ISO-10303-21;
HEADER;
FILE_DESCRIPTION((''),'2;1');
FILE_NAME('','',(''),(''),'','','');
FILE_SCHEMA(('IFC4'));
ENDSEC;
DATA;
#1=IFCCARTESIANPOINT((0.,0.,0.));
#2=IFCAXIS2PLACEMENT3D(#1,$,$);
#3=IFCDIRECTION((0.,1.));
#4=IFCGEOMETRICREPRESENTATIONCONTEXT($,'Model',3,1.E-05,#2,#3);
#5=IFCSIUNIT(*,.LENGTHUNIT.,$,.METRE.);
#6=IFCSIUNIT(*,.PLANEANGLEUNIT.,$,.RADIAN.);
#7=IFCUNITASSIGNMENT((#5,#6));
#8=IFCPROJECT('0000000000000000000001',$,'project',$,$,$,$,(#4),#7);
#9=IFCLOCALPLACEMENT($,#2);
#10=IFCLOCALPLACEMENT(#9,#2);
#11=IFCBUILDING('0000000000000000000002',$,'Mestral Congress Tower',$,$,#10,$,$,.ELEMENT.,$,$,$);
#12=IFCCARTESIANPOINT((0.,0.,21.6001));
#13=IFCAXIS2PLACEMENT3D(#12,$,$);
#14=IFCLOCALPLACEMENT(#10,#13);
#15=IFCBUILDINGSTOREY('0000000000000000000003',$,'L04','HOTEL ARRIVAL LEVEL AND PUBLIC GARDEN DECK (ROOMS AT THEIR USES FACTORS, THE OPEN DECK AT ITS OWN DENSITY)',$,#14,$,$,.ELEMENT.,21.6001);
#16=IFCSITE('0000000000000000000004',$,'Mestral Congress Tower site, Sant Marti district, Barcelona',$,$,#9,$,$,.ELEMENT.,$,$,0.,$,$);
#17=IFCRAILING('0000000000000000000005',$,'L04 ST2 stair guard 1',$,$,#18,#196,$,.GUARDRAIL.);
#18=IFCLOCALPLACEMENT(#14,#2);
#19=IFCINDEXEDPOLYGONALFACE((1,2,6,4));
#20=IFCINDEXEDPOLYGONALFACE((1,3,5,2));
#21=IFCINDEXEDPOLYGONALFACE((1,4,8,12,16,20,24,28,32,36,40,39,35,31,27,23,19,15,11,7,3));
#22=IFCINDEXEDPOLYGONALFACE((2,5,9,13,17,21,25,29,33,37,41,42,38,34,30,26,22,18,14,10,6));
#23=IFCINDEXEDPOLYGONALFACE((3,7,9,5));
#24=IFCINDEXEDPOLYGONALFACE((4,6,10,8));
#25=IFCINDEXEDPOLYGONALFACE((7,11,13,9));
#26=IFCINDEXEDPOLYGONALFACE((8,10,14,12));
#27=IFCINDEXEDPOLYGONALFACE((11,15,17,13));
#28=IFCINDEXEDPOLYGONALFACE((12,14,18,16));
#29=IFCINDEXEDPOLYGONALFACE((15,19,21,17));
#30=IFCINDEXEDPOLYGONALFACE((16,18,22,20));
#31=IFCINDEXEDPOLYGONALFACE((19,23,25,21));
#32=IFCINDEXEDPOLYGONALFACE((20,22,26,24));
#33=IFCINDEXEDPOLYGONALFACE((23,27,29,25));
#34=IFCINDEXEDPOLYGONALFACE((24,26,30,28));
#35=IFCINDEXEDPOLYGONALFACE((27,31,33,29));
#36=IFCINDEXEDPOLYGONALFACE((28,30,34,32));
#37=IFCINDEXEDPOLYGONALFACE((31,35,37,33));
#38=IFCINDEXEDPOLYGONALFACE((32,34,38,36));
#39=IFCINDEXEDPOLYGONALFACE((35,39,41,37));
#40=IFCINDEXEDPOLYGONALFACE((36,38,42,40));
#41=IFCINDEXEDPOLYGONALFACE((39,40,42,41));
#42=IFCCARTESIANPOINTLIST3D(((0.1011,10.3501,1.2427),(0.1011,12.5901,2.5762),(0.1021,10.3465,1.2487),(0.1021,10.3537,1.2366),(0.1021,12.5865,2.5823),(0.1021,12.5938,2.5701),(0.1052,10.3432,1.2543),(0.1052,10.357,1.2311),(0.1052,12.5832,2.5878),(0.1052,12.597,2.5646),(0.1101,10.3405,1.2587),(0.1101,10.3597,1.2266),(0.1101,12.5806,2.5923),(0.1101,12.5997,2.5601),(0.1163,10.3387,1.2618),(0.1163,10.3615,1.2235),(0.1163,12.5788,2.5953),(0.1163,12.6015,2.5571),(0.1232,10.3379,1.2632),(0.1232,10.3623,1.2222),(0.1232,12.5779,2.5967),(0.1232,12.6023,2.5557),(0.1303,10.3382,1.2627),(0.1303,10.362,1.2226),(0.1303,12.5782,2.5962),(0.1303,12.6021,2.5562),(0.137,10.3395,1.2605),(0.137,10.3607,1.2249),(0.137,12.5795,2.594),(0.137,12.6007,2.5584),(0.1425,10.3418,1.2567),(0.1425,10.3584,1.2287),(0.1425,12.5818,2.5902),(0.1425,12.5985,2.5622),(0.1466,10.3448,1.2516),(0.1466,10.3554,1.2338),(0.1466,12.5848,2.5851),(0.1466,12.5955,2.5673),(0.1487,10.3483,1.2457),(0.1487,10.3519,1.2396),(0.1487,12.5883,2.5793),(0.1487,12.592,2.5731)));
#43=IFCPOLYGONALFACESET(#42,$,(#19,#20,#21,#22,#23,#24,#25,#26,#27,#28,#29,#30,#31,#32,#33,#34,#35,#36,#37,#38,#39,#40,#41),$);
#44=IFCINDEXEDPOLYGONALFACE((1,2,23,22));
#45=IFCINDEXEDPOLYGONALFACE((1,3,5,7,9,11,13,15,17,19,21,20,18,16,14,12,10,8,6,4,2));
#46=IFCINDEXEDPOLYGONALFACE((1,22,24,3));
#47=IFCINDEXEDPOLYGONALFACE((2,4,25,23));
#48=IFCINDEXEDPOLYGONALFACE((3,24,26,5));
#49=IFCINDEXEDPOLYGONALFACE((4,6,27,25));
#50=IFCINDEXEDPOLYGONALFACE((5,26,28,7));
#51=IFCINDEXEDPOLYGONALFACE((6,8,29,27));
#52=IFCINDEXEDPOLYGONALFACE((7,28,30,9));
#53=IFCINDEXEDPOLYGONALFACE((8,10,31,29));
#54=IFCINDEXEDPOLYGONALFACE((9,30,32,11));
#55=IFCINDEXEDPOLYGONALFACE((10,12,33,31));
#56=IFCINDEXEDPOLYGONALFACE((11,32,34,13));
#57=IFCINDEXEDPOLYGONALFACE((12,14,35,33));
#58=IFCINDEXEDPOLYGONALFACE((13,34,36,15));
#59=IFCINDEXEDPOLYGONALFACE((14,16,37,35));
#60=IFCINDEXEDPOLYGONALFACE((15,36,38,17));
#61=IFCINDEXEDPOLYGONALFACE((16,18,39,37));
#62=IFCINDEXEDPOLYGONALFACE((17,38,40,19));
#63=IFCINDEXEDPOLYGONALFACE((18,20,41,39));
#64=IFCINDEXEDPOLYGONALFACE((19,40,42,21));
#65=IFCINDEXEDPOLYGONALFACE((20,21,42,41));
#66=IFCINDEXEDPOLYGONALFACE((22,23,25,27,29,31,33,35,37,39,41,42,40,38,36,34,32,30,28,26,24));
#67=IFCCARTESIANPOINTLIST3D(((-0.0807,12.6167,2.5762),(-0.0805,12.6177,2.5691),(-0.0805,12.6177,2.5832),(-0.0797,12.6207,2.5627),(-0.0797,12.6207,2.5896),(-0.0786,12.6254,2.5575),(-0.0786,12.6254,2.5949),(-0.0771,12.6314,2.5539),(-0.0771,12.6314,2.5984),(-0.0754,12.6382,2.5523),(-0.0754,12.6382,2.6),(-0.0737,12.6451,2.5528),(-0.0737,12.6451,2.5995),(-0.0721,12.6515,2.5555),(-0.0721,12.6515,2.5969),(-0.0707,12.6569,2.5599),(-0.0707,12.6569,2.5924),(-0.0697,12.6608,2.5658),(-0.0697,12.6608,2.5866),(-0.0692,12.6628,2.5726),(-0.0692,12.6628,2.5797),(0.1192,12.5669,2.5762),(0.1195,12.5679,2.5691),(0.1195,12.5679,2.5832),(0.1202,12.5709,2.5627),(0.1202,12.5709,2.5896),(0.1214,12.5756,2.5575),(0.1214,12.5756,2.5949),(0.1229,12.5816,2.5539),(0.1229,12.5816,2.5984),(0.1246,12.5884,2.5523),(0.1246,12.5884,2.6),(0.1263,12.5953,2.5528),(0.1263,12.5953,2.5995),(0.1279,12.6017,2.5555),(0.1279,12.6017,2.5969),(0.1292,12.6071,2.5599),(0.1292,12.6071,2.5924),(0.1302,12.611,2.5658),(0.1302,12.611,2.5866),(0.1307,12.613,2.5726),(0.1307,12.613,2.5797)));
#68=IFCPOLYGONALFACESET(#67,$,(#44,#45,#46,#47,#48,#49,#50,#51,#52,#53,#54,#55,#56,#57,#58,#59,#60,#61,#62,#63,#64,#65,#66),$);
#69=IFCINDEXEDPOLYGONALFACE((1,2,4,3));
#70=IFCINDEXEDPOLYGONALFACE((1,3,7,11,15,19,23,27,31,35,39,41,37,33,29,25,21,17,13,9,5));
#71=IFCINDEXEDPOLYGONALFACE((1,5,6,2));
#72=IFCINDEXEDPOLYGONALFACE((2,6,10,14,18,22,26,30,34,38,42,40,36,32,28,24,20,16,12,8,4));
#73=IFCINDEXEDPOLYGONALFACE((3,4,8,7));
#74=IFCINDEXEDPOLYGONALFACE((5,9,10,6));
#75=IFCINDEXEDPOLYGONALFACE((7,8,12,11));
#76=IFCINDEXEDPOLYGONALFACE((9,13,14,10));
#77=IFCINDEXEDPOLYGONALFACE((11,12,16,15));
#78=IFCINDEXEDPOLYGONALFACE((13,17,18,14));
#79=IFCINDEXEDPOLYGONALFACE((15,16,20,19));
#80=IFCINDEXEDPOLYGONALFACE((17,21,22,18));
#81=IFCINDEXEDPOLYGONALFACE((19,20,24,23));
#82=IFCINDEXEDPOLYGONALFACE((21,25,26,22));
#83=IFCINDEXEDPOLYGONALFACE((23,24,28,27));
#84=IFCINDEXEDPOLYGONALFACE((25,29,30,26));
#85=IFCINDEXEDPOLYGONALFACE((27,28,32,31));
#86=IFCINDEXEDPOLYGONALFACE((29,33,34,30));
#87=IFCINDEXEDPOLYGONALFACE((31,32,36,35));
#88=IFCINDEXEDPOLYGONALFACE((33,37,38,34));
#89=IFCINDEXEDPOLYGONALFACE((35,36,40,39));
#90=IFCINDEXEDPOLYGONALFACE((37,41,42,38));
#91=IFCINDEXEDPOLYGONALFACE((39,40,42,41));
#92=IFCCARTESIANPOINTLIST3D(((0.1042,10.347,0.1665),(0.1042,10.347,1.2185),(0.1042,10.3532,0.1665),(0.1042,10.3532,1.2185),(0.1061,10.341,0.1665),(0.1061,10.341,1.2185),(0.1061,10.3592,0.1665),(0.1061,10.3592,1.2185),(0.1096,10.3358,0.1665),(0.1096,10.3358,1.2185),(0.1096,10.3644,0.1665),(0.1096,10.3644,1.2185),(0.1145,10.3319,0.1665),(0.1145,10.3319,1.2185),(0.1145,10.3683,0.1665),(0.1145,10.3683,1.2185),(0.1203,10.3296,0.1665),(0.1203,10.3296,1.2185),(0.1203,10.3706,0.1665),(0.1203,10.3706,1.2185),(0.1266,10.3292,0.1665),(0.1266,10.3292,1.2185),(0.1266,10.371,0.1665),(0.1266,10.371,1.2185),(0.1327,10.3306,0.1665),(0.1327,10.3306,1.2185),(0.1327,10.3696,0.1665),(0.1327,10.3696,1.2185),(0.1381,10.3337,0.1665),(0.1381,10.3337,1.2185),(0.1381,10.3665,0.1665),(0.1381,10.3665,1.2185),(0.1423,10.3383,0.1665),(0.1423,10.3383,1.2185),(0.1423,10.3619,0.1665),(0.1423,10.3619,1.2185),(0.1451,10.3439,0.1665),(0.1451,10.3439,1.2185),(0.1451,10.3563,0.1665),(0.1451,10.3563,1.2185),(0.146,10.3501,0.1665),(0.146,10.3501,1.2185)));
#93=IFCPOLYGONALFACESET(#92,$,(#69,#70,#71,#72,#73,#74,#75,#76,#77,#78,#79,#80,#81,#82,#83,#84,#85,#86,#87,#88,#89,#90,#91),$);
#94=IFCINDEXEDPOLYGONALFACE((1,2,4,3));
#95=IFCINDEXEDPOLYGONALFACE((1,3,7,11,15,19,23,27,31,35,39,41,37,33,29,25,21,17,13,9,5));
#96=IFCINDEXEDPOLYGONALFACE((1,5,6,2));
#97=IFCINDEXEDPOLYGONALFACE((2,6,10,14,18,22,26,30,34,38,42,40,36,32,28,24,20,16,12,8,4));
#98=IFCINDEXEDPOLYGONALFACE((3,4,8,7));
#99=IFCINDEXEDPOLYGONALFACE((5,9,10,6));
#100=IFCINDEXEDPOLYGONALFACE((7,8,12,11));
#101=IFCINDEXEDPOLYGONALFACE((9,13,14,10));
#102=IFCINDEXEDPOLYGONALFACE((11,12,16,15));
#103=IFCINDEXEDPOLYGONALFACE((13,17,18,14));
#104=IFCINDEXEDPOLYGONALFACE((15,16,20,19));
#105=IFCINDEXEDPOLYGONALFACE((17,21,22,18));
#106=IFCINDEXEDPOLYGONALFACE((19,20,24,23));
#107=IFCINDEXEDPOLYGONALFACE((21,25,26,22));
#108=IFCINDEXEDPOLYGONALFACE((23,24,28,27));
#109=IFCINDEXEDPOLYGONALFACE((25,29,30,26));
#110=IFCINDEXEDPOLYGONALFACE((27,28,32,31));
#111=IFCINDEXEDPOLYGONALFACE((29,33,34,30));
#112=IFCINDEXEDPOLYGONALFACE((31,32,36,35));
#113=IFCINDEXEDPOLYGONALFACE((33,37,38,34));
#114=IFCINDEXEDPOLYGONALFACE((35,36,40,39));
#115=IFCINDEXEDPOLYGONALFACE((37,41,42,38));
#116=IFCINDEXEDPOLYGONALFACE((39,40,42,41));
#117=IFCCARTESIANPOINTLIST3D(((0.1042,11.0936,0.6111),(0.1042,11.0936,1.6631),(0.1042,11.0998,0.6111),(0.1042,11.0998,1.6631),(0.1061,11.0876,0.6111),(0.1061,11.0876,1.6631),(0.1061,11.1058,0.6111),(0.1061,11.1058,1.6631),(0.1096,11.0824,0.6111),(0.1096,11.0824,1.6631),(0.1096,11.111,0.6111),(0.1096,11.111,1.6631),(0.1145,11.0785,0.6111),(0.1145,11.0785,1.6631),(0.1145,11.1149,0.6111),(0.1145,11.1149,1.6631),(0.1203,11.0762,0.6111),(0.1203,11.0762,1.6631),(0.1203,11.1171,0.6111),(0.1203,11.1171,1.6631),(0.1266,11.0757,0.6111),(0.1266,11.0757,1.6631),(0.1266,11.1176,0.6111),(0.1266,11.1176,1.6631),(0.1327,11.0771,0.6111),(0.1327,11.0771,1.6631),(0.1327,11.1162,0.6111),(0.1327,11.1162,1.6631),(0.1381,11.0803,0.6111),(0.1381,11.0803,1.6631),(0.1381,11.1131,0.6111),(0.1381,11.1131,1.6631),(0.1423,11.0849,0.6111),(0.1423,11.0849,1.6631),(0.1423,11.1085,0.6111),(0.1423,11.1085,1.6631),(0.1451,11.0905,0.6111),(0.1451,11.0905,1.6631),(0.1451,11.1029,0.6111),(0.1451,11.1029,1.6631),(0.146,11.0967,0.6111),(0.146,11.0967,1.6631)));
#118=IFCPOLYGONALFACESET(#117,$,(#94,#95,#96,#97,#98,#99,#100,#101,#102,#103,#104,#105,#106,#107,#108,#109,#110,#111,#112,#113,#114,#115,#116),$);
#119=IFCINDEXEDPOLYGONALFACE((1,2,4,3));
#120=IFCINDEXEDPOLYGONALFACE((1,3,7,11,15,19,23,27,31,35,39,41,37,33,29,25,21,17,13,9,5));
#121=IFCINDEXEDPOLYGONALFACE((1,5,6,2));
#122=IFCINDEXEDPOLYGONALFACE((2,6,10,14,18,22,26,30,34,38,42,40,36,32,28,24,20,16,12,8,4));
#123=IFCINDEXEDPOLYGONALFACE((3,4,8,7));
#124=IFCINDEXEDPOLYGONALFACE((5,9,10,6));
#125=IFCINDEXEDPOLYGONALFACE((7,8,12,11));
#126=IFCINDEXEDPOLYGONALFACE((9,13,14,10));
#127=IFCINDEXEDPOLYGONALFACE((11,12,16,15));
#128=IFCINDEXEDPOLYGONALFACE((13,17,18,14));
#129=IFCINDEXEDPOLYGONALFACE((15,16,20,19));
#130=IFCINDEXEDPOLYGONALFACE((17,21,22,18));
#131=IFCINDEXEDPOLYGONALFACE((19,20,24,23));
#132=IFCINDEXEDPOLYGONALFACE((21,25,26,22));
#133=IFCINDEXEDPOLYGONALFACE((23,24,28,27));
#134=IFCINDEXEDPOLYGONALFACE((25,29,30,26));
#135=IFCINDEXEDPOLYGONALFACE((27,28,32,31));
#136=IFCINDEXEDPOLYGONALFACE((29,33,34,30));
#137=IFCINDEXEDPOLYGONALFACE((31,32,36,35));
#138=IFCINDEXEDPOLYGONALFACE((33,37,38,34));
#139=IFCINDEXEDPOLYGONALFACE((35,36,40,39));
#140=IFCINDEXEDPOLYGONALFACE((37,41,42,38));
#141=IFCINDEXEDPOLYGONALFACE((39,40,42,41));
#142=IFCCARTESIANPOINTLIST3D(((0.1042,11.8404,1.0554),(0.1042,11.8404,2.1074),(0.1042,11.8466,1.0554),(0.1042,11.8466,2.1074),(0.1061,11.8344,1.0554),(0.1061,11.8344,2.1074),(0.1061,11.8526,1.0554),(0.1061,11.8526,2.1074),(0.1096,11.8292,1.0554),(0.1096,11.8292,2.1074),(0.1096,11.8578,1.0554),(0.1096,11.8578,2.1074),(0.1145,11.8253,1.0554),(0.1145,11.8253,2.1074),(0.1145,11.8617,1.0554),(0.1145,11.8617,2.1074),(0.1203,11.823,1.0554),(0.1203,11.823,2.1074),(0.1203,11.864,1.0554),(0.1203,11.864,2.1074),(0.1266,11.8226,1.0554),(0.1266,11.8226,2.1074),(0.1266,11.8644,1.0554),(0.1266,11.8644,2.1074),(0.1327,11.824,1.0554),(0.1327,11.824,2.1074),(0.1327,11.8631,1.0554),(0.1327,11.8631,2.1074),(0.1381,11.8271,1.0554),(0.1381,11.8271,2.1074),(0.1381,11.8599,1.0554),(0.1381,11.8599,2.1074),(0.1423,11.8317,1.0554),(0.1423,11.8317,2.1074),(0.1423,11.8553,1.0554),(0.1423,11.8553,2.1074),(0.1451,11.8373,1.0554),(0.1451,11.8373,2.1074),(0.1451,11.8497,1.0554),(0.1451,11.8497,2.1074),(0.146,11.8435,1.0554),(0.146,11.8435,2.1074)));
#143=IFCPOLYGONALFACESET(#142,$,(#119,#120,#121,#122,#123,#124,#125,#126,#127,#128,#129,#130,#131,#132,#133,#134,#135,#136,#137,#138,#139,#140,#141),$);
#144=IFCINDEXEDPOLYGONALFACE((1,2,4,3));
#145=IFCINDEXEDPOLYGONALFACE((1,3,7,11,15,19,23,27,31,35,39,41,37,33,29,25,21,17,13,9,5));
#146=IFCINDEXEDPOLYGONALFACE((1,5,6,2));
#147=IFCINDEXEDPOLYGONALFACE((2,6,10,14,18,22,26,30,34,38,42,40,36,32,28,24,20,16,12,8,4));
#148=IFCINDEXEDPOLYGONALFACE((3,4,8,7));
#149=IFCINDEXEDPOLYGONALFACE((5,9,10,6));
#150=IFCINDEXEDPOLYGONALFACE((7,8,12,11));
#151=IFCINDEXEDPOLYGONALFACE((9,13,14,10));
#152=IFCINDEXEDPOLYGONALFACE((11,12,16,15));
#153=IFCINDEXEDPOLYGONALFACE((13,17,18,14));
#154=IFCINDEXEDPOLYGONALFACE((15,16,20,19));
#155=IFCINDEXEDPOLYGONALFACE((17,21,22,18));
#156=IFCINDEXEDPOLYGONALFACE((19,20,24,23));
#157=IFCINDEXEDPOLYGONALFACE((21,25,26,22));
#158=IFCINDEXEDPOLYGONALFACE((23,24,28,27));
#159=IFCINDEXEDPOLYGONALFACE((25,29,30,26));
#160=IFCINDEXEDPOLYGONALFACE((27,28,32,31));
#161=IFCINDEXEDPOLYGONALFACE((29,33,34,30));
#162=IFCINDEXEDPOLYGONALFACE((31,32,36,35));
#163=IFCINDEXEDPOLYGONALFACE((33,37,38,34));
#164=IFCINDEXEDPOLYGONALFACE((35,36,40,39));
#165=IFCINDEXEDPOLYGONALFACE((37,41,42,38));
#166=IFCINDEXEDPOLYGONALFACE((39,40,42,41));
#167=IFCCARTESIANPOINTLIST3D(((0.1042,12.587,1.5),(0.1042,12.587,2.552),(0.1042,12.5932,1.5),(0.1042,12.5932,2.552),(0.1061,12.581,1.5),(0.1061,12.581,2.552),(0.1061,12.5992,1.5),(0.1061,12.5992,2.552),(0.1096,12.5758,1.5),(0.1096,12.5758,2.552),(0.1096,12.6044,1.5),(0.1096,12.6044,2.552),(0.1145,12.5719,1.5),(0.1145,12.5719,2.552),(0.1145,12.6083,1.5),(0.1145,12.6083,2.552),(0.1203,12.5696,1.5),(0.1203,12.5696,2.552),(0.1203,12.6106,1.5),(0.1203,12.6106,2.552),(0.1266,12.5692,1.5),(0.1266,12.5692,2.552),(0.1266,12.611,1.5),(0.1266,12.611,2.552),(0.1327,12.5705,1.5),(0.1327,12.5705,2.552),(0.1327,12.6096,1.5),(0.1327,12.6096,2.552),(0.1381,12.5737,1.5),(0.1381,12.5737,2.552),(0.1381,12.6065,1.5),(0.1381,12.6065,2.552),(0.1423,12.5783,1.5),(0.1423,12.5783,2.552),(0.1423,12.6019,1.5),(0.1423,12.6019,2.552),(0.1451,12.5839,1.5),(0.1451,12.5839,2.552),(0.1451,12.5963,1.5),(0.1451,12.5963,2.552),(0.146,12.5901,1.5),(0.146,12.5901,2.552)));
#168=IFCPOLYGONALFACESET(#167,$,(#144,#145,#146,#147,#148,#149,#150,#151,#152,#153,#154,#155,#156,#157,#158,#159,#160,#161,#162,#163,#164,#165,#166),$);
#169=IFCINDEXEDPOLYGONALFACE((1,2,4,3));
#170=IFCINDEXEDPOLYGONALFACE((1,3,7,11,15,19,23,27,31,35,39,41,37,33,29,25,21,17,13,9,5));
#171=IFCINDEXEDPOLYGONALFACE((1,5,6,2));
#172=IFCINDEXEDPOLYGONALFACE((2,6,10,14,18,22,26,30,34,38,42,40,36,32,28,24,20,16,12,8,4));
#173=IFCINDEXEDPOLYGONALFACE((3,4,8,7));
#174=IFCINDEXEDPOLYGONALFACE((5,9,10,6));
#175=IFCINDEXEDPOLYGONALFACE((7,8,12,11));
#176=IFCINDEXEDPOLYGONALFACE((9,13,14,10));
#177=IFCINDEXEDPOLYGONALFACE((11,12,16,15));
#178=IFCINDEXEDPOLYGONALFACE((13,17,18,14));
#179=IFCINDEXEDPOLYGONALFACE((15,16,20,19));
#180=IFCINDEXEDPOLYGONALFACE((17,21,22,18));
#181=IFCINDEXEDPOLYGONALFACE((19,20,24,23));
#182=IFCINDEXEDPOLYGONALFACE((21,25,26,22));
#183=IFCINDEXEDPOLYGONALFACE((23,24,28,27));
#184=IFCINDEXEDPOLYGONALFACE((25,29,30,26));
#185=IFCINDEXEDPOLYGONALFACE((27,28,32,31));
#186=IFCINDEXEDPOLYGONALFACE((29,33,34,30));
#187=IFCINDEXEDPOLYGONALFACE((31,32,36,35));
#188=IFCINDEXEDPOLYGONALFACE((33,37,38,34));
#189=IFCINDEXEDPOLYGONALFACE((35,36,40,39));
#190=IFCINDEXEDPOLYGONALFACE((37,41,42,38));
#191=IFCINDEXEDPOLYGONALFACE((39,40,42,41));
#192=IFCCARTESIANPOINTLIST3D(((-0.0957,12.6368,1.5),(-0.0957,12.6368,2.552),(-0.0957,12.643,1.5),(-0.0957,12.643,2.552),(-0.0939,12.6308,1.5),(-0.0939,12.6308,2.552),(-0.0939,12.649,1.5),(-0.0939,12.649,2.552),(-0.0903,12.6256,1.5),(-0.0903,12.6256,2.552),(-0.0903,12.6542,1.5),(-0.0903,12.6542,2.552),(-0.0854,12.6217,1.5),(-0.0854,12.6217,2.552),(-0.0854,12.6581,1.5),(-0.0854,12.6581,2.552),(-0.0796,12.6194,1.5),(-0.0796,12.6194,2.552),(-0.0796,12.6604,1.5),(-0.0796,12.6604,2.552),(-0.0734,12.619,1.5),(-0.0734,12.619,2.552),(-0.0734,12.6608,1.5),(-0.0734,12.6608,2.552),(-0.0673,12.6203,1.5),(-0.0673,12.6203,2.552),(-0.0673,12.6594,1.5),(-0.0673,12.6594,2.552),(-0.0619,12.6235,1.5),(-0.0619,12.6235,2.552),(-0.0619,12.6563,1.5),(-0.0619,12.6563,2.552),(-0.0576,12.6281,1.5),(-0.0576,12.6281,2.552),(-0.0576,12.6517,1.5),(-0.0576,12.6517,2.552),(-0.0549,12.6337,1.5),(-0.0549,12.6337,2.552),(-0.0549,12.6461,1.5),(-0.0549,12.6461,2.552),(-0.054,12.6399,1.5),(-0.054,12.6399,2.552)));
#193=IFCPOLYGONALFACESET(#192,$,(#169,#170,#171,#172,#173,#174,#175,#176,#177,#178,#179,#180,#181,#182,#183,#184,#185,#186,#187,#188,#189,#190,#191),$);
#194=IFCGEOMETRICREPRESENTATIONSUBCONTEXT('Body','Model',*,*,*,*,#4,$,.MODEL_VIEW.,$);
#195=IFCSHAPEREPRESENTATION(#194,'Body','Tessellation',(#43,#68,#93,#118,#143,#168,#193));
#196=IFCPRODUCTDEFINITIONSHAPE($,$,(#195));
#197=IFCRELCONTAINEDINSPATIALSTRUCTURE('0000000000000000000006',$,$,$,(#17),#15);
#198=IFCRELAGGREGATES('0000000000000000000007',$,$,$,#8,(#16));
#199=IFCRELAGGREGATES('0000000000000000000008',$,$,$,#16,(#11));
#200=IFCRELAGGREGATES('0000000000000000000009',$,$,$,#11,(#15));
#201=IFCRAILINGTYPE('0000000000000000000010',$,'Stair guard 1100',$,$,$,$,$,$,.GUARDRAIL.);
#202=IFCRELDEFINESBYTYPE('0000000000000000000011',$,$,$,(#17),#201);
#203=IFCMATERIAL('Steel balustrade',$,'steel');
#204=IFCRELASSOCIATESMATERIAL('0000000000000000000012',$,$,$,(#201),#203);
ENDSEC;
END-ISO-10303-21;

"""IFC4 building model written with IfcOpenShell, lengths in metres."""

from ifc_helpers import new_model, si_unit, direction, frame, origin, origin_2d, place, context, subcontext, project, spatial, circle, extrude, material, type_object, element, save


model = new_model("IFC4")

# Units and contexts
model_context = context("Model", 3, precision=1e-05, world=origin(), true_north=direction((0.0, 1.0)))
body_context = subcontext(model_context, "Body", "Model", "MODEL_VIEW")
ifc_project = project(units=[si_unit("LENGTHUNIT", "METRE"), si_unit("PLANEANGLEUNIT", "RADIAN")], contexts=[model_context])

# Site, building, storey
site_placement = place(None, origin())
site = spatial("IfcSite", under=ifc_project, at=site_placement, Name="Mestral Congress Tower site, Sant Marti district, Barcelona", CompositionType="ELEMENT", RefElevation=0.0)
building_placement = place(site_placement, origin())
building = spatial("IfcBuilding", under=site, at=building_placement, Name="Mestral Congress Tower", CompositionType="ELEMENT")
storey_placement = place(building_placement, frame((0.0, 0.0, 21.6001)))
storey = spatial("IfcBuildingStorey", under=building, at=storey_placement, Name="L04", Description="HOTEL ARRIVAL LEVEL AND PUBLIC GARDEN DECK (ROOMS AT THEIR USES FACTORS, THE OPEN DECK AT ITS OWN DENSITY)", CompositionType="ELEMENT", Elevation=21.6001)

# Railing
ifc_material_1 = material(Name="Steel balustrade", Category="steel")
railing_type_1 = type_object("IfcRailingType", Name="Stair guard 1100", PredefinedType="GUARDRAIL", material=ifc_material_1)
for number, where, name in (
    (1, (0.125, 10.3501, 0.1665), "L04 ST2 stair guard 1"),
):
    element("IfcRailing", number, at=place(storey_placement, frame(where)), inside=storey, type_object=railing_type_1, Name=name, PredefinedType="GUARDRAIL", context=body_context, shape_type="SweptSolid", body=[
        extrude(circle(Radius=0.0239, at=origin_2d()), frame((0.0, 0.0, 1.0762), z_axis=(0.0, 0.859264, 0.511532), x_axis=(-1.0, 0.0, 0.0)), (0.0, 0.0, 1.0), 2.6069),
        extrude(circle(Radius=0.0239, at=origin_2d()), frame((0.0, 2.24, 2.4097), z_axis=(-0.970351, 0.241699, 0.0), x_axis=(-0.241699, -0.970351, 0.0)), (0.0, 0.0, 1.0), 0.2061),
        extrude(circle(Radius=0.021, at=origin_2d()), origin(), (0.0, 0.0, 1.0), 1.052),
        extrude(circle(Radius=0.021, at=origin_2d()), frame((0.0, 0.7466, 0.4446)), (0.0, 0.0, 1.0), 1.052),
        extrude(circle(Radius=0.021, at=origin_2d()), frame((0.0, 1.4934, 0.8889)), (0.0, 0.0, 1.0), 1.052),
        extrude(circle(Radius=0.021, at=origin_2d()), frame((0.0, 2.24, 1.3335)), (0.0, 0.0, 1.0), 1.052),
        extrude(circle(Radius=0.021, at=origin_2d()), frame((-0.2, 2.2898, 1.3335)), (0.0, 0.0, 1.0), 1.052),
    ])

save(model, "model.ifc")
